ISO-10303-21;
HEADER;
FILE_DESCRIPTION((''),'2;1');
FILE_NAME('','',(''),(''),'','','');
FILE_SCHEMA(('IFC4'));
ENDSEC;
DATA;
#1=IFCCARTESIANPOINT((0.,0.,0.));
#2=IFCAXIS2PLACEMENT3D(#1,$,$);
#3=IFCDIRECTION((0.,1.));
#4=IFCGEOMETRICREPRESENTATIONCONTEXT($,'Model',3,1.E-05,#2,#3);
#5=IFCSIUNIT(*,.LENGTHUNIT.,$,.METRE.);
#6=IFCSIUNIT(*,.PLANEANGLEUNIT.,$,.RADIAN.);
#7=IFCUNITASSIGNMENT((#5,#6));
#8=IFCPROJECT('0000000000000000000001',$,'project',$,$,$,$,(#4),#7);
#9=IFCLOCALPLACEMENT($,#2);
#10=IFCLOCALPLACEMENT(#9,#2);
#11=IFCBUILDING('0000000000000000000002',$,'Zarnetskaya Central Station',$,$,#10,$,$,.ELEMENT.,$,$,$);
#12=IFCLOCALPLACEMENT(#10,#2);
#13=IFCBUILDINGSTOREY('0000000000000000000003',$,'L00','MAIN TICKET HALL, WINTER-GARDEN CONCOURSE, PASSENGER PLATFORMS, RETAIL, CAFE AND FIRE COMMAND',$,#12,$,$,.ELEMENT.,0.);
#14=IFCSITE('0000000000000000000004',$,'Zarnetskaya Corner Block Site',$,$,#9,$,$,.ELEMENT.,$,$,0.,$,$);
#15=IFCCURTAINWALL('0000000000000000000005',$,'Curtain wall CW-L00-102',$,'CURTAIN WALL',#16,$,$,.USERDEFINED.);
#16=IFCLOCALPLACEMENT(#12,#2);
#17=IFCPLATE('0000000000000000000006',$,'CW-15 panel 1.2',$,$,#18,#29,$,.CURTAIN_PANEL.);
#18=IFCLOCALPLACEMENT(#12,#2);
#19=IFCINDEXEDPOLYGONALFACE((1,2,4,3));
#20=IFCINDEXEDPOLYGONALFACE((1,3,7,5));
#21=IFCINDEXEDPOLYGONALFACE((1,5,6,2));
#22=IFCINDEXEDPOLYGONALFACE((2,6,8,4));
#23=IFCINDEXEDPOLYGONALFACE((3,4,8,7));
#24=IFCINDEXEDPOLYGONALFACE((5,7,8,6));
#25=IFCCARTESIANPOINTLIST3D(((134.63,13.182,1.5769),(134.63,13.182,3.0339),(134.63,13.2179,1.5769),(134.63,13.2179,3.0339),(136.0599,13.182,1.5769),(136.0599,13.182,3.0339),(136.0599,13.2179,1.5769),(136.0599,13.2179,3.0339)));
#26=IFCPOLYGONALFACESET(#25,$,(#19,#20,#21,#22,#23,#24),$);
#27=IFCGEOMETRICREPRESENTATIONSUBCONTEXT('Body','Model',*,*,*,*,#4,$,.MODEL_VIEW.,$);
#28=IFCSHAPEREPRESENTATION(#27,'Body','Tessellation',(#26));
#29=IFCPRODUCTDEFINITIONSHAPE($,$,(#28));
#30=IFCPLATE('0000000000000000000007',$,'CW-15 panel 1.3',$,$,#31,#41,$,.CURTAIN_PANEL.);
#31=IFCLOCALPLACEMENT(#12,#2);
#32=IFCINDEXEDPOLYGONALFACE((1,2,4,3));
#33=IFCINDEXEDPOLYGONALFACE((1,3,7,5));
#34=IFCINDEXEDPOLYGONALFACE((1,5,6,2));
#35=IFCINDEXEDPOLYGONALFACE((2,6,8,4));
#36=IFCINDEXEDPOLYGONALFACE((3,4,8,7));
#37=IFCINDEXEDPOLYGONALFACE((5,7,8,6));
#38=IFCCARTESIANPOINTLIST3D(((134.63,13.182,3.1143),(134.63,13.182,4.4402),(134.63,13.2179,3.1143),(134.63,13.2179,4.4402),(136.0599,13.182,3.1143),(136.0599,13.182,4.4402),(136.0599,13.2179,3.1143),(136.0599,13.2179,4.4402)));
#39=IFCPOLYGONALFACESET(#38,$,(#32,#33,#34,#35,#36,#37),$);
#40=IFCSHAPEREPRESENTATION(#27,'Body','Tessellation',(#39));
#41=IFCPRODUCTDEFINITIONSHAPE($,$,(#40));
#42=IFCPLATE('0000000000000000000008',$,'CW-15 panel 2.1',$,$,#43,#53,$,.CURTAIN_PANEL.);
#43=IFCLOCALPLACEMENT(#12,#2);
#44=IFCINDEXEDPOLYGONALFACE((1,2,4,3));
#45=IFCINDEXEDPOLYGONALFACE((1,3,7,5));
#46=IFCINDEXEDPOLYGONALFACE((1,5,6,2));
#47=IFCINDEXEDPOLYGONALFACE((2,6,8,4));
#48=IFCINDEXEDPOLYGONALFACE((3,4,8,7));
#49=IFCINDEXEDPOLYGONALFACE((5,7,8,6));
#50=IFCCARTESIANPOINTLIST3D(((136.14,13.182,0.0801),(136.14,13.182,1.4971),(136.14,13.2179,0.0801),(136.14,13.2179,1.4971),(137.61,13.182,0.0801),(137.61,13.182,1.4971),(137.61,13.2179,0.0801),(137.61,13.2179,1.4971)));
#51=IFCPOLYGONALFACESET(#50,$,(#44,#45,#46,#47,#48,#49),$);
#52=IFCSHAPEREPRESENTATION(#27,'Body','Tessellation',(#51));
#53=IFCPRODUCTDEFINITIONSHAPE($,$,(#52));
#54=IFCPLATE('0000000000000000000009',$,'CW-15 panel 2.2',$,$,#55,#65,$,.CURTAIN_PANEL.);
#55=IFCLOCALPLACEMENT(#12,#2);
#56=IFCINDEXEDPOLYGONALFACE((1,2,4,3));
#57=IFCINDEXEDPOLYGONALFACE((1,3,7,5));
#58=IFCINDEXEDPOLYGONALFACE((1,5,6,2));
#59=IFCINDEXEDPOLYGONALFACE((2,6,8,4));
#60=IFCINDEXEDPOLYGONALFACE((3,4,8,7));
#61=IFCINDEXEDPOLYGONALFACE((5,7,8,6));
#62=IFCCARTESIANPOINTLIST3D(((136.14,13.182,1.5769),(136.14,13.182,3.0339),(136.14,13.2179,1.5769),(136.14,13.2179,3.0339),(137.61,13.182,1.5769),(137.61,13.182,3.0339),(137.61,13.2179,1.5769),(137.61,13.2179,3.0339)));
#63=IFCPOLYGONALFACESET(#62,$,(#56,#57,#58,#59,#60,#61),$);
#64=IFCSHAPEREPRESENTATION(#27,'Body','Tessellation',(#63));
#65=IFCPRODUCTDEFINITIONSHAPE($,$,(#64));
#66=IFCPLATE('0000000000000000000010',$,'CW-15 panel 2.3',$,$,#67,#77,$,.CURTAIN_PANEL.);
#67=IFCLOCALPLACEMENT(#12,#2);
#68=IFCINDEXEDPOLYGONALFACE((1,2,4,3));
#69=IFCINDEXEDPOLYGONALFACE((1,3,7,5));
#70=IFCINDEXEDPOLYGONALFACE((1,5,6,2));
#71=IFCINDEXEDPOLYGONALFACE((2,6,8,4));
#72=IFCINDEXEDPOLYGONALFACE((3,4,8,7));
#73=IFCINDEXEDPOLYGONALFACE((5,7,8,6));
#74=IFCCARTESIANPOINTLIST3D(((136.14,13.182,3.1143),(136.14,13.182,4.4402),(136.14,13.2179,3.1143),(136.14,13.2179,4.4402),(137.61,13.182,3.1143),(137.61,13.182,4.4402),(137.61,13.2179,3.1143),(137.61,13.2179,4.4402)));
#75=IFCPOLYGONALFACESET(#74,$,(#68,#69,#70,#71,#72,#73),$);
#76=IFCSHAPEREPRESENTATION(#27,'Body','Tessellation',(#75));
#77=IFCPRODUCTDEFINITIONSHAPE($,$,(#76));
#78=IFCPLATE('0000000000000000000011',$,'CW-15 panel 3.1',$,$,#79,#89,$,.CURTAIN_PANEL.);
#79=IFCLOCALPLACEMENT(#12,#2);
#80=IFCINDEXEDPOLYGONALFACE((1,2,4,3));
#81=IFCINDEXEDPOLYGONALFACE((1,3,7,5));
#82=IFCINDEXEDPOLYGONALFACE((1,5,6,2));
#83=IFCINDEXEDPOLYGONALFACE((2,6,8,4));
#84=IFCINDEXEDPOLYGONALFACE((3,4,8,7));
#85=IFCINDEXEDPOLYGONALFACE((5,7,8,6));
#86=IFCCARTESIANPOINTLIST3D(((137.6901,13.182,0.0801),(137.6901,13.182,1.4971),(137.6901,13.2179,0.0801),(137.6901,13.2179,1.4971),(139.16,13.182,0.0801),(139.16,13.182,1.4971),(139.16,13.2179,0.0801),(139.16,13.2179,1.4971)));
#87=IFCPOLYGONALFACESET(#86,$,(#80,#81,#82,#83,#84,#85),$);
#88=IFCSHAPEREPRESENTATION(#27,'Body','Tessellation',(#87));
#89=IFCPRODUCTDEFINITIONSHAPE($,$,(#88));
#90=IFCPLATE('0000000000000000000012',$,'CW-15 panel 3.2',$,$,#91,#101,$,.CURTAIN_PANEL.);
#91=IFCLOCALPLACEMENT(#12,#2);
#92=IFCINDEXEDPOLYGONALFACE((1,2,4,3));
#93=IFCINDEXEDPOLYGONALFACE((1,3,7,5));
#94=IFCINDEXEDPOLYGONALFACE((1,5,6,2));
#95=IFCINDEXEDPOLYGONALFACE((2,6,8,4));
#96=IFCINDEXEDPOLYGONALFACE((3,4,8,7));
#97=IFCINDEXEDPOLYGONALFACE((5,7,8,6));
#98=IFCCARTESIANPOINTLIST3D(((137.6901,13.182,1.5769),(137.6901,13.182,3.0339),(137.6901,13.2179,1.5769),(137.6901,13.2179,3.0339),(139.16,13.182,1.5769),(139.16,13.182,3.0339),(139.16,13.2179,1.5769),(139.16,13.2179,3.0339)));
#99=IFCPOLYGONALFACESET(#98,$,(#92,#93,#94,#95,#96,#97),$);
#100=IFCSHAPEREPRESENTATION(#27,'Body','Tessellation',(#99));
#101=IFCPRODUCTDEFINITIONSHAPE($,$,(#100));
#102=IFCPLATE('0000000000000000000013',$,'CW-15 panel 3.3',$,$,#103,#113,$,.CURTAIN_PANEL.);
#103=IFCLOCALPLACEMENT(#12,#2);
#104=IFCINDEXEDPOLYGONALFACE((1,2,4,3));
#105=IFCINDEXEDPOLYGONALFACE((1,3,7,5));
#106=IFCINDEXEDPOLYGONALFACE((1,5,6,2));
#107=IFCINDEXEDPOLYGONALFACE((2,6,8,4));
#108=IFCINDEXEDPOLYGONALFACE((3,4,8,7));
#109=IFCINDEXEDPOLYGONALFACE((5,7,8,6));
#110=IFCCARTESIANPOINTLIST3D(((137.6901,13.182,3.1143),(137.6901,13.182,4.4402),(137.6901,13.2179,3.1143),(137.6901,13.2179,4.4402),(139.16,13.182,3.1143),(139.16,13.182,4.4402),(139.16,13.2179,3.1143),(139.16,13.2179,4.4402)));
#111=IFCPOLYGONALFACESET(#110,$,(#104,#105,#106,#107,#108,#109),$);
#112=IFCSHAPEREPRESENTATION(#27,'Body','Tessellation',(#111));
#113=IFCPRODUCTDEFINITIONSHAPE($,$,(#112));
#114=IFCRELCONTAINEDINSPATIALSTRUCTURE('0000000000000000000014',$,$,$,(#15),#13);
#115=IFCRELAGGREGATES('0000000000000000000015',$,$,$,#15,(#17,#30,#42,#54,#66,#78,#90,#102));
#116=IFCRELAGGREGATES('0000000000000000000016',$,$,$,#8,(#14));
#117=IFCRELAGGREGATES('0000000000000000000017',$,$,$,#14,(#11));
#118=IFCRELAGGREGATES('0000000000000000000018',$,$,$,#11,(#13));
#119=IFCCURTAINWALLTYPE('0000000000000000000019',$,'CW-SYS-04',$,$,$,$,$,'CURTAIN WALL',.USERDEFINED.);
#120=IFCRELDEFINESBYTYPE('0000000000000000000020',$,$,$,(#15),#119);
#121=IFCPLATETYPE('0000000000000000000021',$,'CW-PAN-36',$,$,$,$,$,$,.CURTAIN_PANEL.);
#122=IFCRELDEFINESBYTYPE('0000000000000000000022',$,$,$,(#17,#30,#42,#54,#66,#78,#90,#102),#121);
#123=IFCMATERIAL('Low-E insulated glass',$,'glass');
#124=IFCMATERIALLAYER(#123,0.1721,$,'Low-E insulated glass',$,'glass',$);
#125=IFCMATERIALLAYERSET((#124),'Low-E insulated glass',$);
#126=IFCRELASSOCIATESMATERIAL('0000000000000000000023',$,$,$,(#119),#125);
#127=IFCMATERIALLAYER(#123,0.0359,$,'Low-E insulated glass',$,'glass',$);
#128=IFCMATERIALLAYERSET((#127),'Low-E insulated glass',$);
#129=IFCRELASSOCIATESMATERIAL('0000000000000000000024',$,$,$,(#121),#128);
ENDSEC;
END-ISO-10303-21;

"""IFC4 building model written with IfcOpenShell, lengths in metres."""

from ifc_helpers import new_model, si_unit, direction, frame, origin, origin_2d, place, context, subcontext, project, spatial, rectangle, extrude, material, layer, layer_set, type_object, element, aggregate, save


model = new_model("IFC4")

# Units and contexts
model_context = context("Model", 3, precision=1e-05, world=origin(), true_north=direction((0.0, 1.0)))
body_context = subcontext(model_context, "Body", "Model", "MODEL_VIEW")
ifc_project = project(units=[si_unit("LENGTHUNIT", "METRE"), si_unit("PLANEANGLEUNIT", "RADIAN")], contexts=[model_context])

# Site, building, storey
site_placement = place(None, origin())
site = spatial("IfcSite", under=ifc_project, at=site_placement, Name="Zarnetskaya Corner Block Site", CompositionType="ELEMENT", RefElevation=0.0)
building_placement = place(site_placement, origin())
building = spatial("IfcBuilding", under=site, at=building_placement, Name="Zarnetskaya Central Station", CompositionType="ELEMENT")
storey_placement = place(building_placement, origin())
storey = spatial("IfcBuildingStorey", under=building, at=storey_placement, Name="L00", Description="MAIN TICKET HALL, WINTER-GARDEN CONCOURSE, PASSENGER PLATFORMS, RETAIL, CAFE AND FIRE COMMAND", CompositionType="ELEMENT", Elevation=0.0)

# Curtain wall, plates
ifc_material_1 = material(Name="Low-E insulated glass", Category="glass")
ifc_layer_1 = layer(ifc_material_1, 0.1721, Name="Low-E insulated glass", Category="glass")
ifc_layer_set_1 = layer_set([ifc_layer_1], Name="Low-E insulated glass")
curtain_wall_type = type_object("IfcCurtainWallType", Name="CW-SYS-04", ElementType="CURTAIN WALL", PredefinedType="USERDEFINED", material=ifc_layer_set_1)
curtain_wall_placement = place(storey_placement, origin())
curtain_wall = element("IfcCurtainWall", 1, at=curtain_wall_placement, inside=storey, type_object=curtain_wall_type, Name="Curtain wall CW-L00-102", ObjectType="CURTAIN WALL", PredefinedType="USERDEFINED")
ifc_layer_2 = layer(ifc_material_1, 0.0359, Name="Low-E insulated glass", Category="glass")
ifc_layer_set_2 = layer_set([ifc_layer_2], Name="Low-E insulated glass")
plate_type = type_object("IfcPlateType", Name="CW-PAN-36", PredefinedType="CURTAIN_PANEL", material=ifc_layer_set_2)
plate_1_placement = place(storey_placement, frame((135.345, 13.2, 1.5769), z_axis=(0.0, 0.0, 1.0), x_axis=(1.0, 0.0, 0.0)))
plate_1 = element("IfcPlate", 2, at=plate_1_placement, type_object=plate_type, Name="CW-15 panel 1.2", PredefinedType="CURTAIN_PANEL", context=body_context, shape_type="SweptSolid", body=[
    extrude(rectangle(XDim=1.4299, YDim=0.0359, at=origin_2d()), origin(), (0.0, 0.0, 1.0), 1.457),
])
plate_2_placement = place(storey_placement, frame((135.345, 13.2, 3.1143), z_axis=(0.0, 0.0, 1.0), x_axis=(1.0, 0.0, 0.0)))
plate_2 = element("IfcPlate", 3, at=plate_2_placement, type_object=plate_type, Name="CW-15 panel 1.3", PredefinedType="CURTAIN_PANEL", context=body_context, shape_type="SweptSolid", body=[
    extrude(rectangle(XDim=1.4299, YDim=0.0359, at=origin_2d()), origin(), (0.0, 0.0, 1.0), 1.3259),
])
plate_3_placement = place(storey_placement, frame((136.875, 13.2, 0.0801), z_axis=(0.0, 0.0, 1.0), x_axis=(1.0, 0.0, 0.0)))
plate_3 = element("IfcPlate", 4, at=plate_3_placement, type_object=plate_type, Name="CW-15 panel 2.1", PredefinedType="CURTAIN_PANEL", context=body_context, shape_type="SweptSolid", body=[
    extrude(rectangle(XDim=1.47, YDim=0.0359, at=origin_2d()), origin(), (0.0, 0.0, 1.0), 1.417),
])
plate_4_placement = place(storey_placement, frame((136.875, 13.2, 1.5769), z_axis=(0.0, 0.0, 1.0), x_axis=(1.0, 0.0, 0.0)))
plate_4 = element("IfcPlate", 5, at=plate_4_placement, type_object=plate_type, Name="CW-15 panel 2.2", PredefinedType="CURTAIN_PANEL", context=body_context, shape_type="SweptSolid", body=[
    extrude(rectangle(XDim=1.47, YDim=0.0359, at=origin_2d()), origin(), (0.0, 0.0, 1.0), 1.457),
])
plate_5_placement = place(storey_placement, frame((136.875, 13.2, 3.1143), z_axis=(0.0, 0.0, 1.0), x_axis=(1.0, 0.0, 0.0)))
plate_5 = element("IfcPlate", 6, at=plate_5_placement, type_object=plate_type, Name="CW-15 panel 2.3", PredefinedType="CURTAIN_PANEL", context=body_context, shape_type="SweptSolid", body=[
    extrude(rectangle(XDim=1.47, YDim=0.0359, at=origin_2d()), origin(), (0.0, 0.0, 1.0), 1.3259),
])
plate_6_placement = place(storey_placement, frame((138.425, 13.2, 0.0801), z_axis=(0.0, 0.0, 1.0), x_axis=(1.0, 0.0, 0.0)))
plate_6 = element("IfcPlate", 7, at=plate_6_placement, type_object=plate_type, Name="CW-15 panel 3.1", PredefinedType="CURTAIN_PANEL", context=body_context, shape_type="SweptSolid", body=[
    extrude(rectangle(XDim=1.47, YDim=0.0359, at=origin_2d()), origin(), (0.0, 0.0, 1.0), 1.417),
])
plate_7_placement = place(storey_placement, frame((138.425, 13.2, 1.5769), z_axis=(0.0, 0.0, 1.0), x_axis=(1.0, 0.0, 0.0)))
plate_7 = element("IfcPlate", 8, at=plate_7_placement, type_object=plate_type, Name="CW-15 panel 3.2", PredefinedType="CURTAIN_PANEL", context=body_context, shape_type="SweptSolid", body=[
    extrude(rectangle(XDim=1.47, YDim=0.0359, at=origin_2d()), origin(), (0.0, 0.0, 1.0), 1.457),
])
plate_8_placement = place(storey_placement, frame((138.425, 13.2, 3.1143), z_axis=(0.0, 0.0, 1.0), x_axis=(1.0, 0.0, 0.0)))
plate_8 = element("IfcPlate", 9, at=plate_8_placement, type_object=plate_type, Name="CW-15 panel 3.3", PredefinedType="CURTAIN_PANEL", context=body_context, shape_type="SweptSolid", body=[
    extrude(rectangle(XDim=1.47, YDim=0.0359, at=origin_2d()), origin(), (0.0, 0.0, 1.0), 1.3259),
])
aggregate(curtain_wall, [plate_1, plate_2, plate_3, plate_4, plate_5, plate_6, plate_7, plate_8])

save(model, "model.ifc")
